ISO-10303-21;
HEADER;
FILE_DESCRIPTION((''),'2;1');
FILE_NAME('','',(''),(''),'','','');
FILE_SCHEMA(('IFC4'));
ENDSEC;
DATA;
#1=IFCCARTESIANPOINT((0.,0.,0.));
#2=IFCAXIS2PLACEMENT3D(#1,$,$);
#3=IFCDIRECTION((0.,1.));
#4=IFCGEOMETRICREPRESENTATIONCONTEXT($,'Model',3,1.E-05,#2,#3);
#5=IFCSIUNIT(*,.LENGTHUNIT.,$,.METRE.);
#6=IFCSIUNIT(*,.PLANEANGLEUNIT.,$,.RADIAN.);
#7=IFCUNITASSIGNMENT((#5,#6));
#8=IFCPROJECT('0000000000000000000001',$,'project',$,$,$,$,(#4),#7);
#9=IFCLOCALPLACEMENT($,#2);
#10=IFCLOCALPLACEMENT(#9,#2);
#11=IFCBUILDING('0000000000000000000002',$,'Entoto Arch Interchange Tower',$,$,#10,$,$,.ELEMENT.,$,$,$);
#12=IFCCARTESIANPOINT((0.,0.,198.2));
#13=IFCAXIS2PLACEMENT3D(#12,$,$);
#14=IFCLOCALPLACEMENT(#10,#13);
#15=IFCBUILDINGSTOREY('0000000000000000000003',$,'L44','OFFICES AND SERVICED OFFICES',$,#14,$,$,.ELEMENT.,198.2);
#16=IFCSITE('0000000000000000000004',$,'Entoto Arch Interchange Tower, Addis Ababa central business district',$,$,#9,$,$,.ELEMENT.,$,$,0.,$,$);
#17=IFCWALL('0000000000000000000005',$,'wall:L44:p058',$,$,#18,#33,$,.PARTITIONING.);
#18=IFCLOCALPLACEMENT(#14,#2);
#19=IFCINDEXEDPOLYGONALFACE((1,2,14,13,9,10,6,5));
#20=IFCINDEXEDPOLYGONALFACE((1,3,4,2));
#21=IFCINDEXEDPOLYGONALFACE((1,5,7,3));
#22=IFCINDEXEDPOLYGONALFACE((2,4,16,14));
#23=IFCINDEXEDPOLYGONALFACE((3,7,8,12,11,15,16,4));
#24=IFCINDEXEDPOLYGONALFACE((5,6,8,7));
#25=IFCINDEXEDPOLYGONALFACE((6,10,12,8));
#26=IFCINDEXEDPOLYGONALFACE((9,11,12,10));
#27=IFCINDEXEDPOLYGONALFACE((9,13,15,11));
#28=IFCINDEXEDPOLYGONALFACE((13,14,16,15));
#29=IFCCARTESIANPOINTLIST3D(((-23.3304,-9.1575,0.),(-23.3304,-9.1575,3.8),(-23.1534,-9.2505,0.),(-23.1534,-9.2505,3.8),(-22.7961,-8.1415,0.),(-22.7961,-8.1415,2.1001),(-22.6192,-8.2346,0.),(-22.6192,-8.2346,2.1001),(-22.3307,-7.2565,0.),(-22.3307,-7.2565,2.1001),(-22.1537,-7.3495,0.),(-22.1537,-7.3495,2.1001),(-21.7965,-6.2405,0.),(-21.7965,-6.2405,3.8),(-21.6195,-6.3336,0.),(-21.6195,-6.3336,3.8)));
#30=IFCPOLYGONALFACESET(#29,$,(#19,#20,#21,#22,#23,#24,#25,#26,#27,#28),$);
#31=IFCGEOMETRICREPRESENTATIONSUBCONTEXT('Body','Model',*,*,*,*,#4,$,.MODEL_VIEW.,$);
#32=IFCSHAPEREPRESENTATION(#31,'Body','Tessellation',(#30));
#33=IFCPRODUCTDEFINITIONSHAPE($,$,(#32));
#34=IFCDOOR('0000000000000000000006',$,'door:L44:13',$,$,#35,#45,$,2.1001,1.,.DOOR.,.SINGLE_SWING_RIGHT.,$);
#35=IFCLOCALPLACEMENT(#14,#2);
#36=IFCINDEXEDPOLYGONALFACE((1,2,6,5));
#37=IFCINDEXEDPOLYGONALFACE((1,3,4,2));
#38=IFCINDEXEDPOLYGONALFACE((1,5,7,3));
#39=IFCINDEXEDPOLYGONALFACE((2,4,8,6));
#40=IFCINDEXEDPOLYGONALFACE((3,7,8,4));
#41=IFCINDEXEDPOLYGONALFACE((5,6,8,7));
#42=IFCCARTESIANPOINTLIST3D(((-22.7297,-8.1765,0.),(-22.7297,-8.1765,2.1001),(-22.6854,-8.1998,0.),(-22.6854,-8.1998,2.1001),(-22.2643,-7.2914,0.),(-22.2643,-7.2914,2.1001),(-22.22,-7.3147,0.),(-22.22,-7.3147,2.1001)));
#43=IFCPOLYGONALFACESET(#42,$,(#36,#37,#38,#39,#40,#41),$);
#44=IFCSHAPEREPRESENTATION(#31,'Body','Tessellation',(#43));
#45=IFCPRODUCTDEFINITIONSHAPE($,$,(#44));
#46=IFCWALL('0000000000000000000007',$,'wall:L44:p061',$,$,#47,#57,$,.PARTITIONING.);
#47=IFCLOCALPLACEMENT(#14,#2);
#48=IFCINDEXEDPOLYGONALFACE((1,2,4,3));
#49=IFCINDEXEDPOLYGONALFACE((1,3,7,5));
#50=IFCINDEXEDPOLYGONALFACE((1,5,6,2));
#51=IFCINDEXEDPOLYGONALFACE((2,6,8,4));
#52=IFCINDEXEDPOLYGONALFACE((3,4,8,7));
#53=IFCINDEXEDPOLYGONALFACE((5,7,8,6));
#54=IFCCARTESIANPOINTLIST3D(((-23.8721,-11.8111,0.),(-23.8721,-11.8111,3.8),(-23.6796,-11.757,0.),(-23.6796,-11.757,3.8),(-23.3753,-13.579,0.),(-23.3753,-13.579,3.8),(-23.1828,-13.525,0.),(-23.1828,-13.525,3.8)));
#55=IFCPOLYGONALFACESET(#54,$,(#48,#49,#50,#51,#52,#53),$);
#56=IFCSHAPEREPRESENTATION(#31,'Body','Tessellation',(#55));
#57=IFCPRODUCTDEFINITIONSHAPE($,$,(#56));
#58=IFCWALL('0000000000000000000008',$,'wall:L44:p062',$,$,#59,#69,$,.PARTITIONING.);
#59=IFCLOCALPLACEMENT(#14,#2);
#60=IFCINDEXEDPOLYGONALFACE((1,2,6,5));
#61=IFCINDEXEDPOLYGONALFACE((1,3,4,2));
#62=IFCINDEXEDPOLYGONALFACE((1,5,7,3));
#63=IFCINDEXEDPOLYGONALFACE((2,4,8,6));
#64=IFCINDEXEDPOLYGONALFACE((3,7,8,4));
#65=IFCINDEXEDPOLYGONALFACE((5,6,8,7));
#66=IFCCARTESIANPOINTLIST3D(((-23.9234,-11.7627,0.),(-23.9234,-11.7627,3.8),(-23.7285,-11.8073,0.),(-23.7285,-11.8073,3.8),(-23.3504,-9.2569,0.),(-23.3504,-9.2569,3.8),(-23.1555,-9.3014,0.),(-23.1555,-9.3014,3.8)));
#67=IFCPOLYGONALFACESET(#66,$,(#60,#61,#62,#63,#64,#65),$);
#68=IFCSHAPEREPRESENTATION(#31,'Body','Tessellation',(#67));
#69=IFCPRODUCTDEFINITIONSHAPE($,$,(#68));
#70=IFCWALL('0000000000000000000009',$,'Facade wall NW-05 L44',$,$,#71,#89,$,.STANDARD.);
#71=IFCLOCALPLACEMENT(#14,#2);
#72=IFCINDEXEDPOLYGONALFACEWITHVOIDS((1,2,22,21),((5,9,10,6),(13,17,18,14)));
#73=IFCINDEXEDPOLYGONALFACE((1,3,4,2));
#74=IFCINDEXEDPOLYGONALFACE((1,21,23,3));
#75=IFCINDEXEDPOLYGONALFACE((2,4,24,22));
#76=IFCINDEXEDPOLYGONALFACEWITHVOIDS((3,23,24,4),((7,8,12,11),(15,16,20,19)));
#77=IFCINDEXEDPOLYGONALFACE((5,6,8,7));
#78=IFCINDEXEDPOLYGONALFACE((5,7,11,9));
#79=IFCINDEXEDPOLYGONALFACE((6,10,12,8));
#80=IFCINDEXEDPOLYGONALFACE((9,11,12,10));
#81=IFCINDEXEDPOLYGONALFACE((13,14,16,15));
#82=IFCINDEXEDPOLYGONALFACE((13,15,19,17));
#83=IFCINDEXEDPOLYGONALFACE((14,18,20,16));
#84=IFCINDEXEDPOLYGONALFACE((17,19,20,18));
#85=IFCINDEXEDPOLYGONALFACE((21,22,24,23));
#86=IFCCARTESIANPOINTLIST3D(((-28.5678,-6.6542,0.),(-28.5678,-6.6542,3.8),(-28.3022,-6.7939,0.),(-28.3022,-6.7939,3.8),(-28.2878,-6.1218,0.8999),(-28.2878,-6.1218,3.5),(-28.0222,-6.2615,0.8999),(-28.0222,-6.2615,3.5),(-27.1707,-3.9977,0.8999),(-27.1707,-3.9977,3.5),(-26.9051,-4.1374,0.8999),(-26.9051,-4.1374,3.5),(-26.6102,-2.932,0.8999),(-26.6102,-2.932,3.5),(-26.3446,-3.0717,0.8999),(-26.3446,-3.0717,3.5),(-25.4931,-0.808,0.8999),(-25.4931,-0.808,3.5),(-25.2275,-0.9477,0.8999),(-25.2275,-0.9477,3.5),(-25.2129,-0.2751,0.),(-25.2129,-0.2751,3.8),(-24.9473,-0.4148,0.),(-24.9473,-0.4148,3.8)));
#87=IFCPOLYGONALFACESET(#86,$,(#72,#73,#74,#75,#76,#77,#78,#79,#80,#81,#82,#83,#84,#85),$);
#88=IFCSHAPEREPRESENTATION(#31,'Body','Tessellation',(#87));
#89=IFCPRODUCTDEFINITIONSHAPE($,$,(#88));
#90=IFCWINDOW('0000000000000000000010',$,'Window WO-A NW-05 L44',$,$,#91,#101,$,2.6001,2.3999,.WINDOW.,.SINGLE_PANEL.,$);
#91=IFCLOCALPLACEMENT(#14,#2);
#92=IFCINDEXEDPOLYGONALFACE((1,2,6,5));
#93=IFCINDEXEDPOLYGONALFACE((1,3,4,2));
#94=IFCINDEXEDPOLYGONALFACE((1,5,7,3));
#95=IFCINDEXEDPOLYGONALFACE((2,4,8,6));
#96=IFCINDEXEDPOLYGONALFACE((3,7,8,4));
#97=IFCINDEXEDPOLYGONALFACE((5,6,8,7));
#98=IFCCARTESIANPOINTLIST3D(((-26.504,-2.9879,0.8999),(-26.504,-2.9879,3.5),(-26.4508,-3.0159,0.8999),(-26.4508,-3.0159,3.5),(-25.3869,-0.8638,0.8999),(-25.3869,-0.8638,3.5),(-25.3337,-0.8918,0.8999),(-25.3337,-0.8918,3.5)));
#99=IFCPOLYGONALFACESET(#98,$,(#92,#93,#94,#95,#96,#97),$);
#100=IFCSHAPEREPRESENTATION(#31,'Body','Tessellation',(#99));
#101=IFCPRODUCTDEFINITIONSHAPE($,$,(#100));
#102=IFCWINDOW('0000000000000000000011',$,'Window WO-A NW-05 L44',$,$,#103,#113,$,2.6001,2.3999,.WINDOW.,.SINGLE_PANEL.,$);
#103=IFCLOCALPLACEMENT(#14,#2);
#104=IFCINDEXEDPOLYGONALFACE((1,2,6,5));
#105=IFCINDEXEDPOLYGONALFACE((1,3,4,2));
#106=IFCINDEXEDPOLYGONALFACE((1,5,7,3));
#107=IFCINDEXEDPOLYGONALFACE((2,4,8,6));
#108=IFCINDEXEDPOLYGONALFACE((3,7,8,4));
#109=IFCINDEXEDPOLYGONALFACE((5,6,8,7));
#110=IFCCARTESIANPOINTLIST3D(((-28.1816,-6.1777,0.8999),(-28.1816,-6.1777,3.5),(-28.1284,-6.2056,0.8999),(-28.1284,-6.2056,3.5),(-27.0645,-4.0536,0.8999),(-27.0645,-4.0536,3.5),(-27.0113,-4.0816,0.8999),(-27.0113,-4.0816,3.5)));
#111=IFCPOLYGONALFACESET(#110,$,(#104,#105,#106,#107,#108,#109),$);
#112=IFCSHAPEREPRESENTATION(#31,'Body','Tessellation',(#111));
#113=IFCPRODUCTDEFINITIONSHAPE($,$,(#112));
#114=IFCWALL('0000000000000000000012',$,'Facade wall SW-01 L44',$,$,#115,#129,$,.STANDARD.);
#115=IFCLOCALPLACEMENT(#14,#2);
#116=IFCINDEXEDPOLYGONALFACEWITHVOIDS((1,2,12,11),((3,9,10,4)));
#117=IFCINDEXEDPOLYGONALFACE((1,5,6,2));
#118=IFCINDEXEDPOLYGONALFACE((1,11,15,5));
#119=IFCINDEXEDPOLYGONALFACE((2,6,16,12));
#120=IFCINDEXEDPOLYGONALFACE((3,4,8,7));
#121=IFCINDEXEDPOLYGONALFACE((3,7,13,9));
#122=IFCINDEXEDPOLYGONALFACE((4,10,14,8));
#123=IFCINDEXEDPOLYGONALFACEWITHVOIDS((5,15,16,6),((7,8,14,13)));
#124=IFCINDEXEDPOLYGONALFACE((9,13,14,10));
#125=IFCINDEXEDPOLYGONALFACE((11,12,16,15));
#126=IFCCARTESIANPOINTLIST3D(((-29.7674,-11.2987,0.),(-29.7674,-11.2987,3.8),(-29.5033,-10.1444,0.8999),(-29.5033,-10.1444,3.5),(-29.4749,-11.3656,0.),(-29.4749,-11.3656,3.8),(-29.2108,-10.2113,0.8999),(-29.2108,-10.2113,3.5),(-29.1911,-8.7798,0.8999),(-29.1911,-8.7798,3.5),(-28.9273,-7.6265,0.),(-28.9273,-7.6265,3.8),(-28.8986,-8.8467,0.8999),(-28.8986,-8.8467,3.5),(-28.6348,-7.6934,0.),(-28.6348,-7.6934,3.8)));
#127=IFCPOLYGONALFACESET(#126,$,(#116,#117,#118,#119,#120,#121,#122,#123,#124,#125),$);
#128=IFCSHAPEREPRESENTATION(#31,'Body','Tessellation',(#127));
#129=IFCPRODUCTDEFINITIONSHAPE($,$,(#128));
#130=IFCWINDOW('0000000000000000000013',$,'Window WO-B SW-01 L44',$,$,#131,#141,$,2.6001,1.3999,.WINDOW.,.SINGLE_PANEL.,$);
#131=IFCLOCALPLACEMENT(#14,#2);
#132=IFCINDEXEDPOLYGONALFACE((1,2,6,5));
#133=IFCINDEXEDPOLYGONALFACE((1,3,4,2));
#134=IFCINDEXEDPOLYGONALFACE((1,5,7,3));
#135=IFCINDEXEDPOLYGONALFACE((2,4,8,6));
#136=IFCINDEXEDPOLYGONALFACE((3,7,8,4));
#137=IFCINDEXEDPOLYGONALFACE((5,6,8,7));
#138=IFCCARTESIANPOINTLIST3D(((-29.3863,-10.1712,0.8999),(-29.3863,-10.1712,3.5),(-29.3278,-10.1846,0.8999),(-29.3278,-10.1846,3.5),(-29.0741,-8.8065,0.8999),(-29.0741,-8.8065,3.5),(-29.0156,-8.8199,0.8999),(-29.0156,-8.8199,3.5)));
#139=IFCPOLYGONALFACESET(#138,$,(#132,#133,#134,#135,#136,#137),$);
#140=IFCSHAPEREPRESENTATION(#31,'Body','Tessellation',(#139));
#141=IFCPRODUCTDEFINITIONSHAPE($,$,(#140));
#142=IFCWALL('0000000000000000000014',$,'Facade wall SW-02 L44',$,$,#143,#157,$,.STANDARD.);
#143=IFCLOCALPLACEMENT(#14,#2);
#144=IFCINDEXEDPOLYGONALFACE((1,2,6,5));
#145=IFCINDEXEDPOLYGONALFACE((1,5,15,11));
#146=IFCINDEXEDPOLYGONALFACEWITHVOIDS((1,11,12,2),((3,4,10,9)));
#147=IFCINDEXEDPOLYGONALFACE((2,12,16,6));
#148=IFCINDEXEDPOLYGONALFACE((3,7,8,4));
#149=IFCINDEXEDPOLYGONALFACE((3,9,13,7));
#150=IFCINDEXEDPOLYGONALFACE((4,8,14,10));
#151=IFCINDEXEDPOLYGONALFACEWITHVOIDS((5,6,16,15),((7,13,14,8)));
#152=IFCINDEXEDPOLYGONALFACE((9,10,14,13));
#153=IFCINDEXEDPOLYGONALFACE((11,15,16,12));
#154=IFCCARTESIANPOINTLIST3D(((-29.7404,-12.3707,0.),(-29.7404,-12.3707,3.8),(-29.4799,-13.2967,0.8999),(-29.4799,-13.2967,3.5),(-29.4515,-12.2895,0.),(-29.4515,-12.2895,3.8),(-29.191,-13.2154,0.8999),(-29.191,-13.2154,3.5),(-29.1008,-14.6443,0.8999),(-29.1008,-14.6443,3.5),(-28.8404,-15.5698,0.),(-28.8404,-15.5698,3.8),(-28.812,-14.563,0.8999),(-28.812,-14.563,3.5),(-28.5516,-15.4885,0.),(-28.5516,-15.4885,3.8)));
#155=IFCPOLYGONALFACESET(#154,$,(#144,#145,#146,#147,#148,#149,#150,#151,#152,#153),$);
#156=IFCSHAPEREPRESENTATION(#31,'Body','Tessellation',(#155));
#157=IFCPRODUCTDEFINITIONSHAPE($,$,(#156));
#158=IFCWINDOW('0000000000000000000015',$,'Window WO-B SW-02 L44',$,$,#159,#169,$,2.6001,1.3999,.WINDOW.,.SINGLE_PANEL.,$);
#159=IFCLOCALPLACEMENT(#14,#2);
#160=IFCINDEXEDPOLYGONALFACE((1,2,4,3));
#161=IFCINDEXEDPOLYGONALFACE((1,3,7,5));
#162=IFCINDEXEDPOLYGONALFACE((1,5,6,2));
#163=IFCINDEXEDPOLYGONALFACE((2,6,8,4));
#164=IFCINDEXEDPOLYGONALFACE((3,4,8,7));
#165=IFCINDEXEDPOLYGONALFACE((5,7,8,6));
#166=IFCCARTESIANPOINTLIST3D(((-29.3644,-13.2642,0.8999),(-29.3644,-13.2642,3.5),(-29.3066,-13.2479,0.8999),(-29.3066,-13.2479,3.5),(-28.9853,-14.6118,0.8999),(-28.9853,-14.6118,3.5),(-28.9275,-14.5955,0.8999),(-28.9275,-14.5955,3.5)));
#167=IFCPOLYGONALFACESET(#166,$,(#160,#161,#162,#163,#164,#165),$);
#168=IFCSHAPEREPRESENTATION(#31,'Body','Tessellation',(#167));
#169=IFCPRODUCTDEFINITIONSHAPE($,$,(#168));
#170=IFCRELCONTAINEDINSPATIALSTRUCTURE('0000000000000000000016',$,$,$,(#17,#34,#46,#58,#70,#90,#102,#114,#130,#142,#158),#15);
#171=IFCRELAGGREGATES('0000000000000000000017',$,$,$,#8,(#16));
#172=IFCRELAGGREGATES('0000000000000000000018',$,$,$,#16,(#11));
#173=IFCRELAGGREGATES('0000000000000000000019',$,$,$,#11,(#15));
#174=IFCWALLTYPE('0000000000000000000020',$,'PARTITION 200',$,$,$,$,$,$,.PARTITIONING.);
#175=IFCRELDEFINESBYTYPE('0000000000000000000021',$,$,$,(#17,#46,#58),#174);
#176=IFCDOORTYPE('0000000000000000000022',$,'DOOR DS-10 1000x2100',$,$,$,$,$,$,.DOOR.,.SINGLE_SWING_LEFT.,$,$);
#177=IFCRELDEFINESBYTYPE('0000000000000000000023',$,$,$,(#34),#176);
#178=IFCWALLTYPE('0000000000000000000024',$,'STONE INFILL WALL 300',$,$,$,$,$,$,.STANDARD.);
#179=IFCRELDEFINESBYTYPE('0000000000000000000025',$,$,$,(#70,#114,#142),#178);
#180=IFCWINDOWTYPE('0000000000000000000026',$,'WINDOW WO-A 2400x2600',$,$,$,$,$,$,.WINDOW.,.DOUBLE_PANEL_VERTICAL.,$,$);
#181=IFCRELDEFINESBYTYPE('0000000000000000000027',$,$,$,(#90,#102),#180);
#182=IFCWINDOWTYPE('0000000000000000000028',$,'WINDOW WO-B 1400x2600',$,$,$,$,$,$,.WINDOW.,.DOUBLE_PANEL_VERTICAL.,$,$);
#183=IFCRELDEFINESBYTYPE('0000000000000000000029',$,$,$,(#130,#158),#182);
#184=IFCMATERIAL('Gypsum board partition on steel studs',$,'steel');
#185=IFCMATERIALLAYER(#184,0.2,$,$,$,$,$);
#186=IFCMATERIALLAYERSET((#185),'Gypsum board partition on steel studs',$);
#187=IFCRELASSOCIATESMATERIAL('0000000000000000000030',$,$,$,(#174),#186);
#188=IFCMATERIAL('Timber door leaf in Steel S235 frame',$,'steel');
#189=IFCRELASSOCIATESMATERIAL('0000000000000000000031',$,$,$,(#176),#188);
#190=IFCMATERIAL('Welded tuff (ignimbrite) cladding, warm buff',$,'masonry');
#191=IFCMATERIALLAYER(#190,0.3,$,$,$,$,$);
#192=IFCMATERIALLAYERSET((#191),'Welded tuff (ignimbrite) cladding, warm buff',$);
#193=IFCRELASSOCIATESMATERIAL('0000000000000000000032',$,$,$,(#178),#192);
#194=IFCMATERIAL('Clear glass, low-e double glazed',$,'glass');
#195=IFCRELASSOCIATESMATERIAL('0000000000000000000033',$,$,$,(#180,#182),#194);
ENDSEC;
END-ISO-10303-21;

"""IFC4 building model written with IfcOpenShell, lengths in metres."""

from ifc_helpers import new_model, si_unit, direction, frame, frame_2d, origin, place, context, subcontext, project, spatial, rectangle, extrude, material, layer, layer_set, type_object, element, fill, save


model = new_model("IFC4")

# Units and contexts
model_context = context("Model", 3, precision=1e-05, world=origin(), true_north=direction((0.0, 1.0)))
body_context = subcontext(model_context, "Body", "Model", "MODEL_VIEW")
ifc_project = project(units=[si_unit("LENGTHUNIT", "METRE"), si_unit("PLANEANGLEUNIT", "RADIAN")], contexts=[model_context])

# Site, building, storey
site_placement = place(None, origin())
site = spatial("IfcSite", under=ifc_project, at=site_placement, Name="Entoto Arch Interchange Tower, Addis Ababa central business district", CompositionType="ELEMENT", RefElevation=0.0)
building_placement = place(site_placement, origin())
building = spatial("IfcBuilding", under=site, at=building_placement, Name="Entoto Arch Interchange Tower", CompositionType="ELEMENT")
storey_placement = place(building_placement, frame((0.0, 0.0, 198.2)))
storey = spatial("IfcBuildingStorey", under=building, at=storey_placement, Name="L44", Description="OFFICES AND SERVICED OFFICES", CompositionType="ELEMENT", Elevation=198.2)

# Shared definitions
ifc_material_1 = material(Name="Gypsum board partition on steel studs", Category="steel")
ifc_layer_1 = layer(ifc_material_1, 0.2)
ifc_layer_set_1 = layer_set([ifc_layer_1], Name="Gypsum board partition on steel studs")
wall_type_1 = type_object("IfcWallType", Name="PARTITION 200", PredefinedType="PARTITIONING", material=ifc_layer_set_1)

# Wall, opening, door
ifc_material_2 = material(Name="Timber door leaf in Steel S235 frame", Category="steel")
door_type = type_object("IfcDoorType", Name="DOOR DS-10 1000x2100", OperationType="SINGLE_SWING_LEFT", PredefinedType="DOOR", material=ifc_material_2)
wall_1_placement = place(storey_placement, frame((-23.2419, -9.2041, 0.0), z_axis=(0.0, 0.0, 1.0), x_axis=(0.465432, 0.885084, 0.0)))
wall_1 = element("IfcWall", 1, at=wall_1_placement, inside=storey, type_object=wall_type_1, Name="wall:L44:p058", PredefinedType="PARTITIONING", context=body_context, shape_type="SweptSolid", body=[
    extrude(rectangle(XDim=3.2957, YDim=0.2, at=frame_2d((1.6479, 0.0))), origin(), (0.0, 0.0, 1.0), 3.8),
])
opening_1_placement = place(wall_1_placement, frame((1.1479, 0.0, 0.0)))
opening_1 = element("IfcOpeningElement", 2, at=opening_1_placement, cuts=wall_1, PredefinedType="OPENING", context=body_context, shape_type="SweptSolid", body=[
    extrude(rectangle(XDim=1.0, YDim=2.1001, at=frame_2d((0.5, 1.05))), frame((0.0, 0.1099, 0.0), z_axis=(0.0, -1.0, 0.0), x_axis=(1.0, 0.0, 0.0)), (0.0, 0.0, 1.0), 0.22),
])
door_1_placement = place(opening_1_placement, origin())
door_1 = element("IfcDoor", 3, at=door_1_placement, inside=storey, type_object=door_type, Name="door:L44:13", OperationType="SINGLE_SWING_RIGHT", OverallHeight=2.1001, OverallWidth=1.0, PredefinedType="DOOR", context=body_context, shape_type="SweptSolid", body=[
    extrude(rectangle(XDim=1.0, YDim=2.1001, at=frame_2d((0.5, 1.05))), frame((0.0, 0.0249, 0.0), z_axis=(0.0, -1.0, 0.0), x_axis=(1.0, 0.0, 0.0)), (0.0, 0.0, 1.0), 0.05),
])
fill(opening_1, door_1)

# Walls
wall_2_placement = place(storey_placement, frame((-23.2791, -13.552, 0.0), z_axis=(0.0, 0.0, 1.0), x_axis=(-0.270522, 0.962714, 0.0)))
element("IfcWall", 4, at=wall_2_placement, inside=storey, type_object=wall_type_1, Name="wall:L44:p061", PredefinedType="PARTITIONING", context=body_context, shape_type="SweptSolid", body=[
    extrude(rectangle(XDim=1.8364, YDim=0.2, at=frame_2d((0.9182, 0.0))), origin(), (0.0, 0.0, 1.0), 3.8),
])
wall_3_placement = place(storey_placement, frame((-23.8259, -11.7849, 0.0), z_axis=(0.0, 0.0, 1.0), x_axis=(0.22291, 0.974839, 0.0)))
element("IfcWall", 5, at=wall_3_placement, inside=storey, type_object=wall_type_1, Name="wall:L44:p062", PredefinedType="PARTITIONING", context=body_context, shape_type="SweptSolid", body=[
    extrude(rectangle(XDim=2.5706, YDim=0.2, at=frame_2d((1.2852, 0.0))), origin(), (0.0, 0.0, 1.0), 3.8),
])

# Wall, openings, windows
ifc_material_3 = material(Name="Welded tuff (ignimbrite) cladding, warm buff", Category="masonry")
ifc_layer_2 = layer(ifc_material_3, 0.3)
ifc_layer_set_2 = layer_set([ifc_layer_2], Name="Welded tuff (ignimbrite) cladding, warm buff")
wall_type_2 = type_object("IfcWallType", Name="STONE INFILL WALL 300", PredefinedType="STANDARD", material=ifc_layer_set_2)
wall_4_placement = place(storey_placement, frame((-25.0801, -0.345, 0.0), z_axis=(0.0, 0.0, 1.0), x_axis=(-0.465478, -0.885059, 0.0)))
wall_4 = element("IfcWall", 6, at=wall_4_placement, inside=storey, type_object=wall_type_2, Name="Facade wall NW-05 L44", PredefinedType="STANDARD", context=body_context, shape_type="SweptSolid", body=[
    extrude(rectangle(XDim=7.2075, YDim=0.3, at=frame_2d((3.6038, 0.0))), origin(), (0.0, 0.0, 1.0), 3.8),
])
opening_2_placement = place(wall_4_placement, frame((0.6021, 0.0, 0.8999)))
opening_2 = element("IfcOpeningElement", 7, at=opening_2_placement, cuts=wall_4, PredefinedType="OPENING", context=body_context, shape_type="SweptSolid", body=[
    extrude(rectangle(XDim=2.3999, YDim=2.6001, at=frame_2d((1.2, 1.3))), frame((0.0, 0.1602, 0.0), z_axis=(0.0, -1.0, 0.0), x_axis=(1.0, 0.0, 0.0)), (0.0, 0.0, 1.0), 0.3201),
])
opening_3_placement = place(wall_4_placement, frame((4.2061, 0.0, 0.8999)))
opening_3 = element("IfcOpeningElement", 8, at=opening_3_placement, cuts=wall_4, PredefinedType="OPENING", context=body_context, shape_type="SweptSolid", body=[
    extrude(rectangle(XDim=2.3999, YDim=2.6001, at=frame_2d((1.2, 1.3))), frame((0.0, 0.1602, 0.0), z_axis=(0.0, -1.0, 0.0), x_axis=(1.0, 0.0, 0.0)), (0.0, 0.0, 1.0), 0.3201),
])
ifc_material_4 = material(Name="Clear glass, low-e double glazed", Category="glass")
window_type_1 = type_object("IfcWindowType", Name="WINDOW WO-A 2400x2600", PartitioningType="DOUBLE_PANEL_VERTICAL", PredefinedType="WINDOW", material=ifc_material_4)
window_1_placement = place(opening_2_placement, origin())
window_1 = element("IfcWindow", 9, at=window_1_placement, inside=storey, type_object=window_type_1, Name="Window WO-A NW-05 L44", OverallHeight=2.6001, OverallWidth=2.3999, PartitioningType="SINGLE_PANEL", PredefinedType="WINDOW", context=body_context, shape_type="SweptSolid", body=[
    extrude(rectangle(XDim=2.3999, YDim=2.6001, at=frame_2d((1.2, 1.3))), frame((0.0, 0.03, 0.0), z_axis=(0.0, -1.0, 0.0), x_axis=(1.0, 0.0, 0.0)), (0.0, 0.0, 1.0), 0.0601),
])
fill(opening_2, window_1)
window_2_placement = place(opening_3_placement, origin())
window_2 = element("IfcWindow", 10, at=window_2_placement, inside=storey, type_object=window_type_1, Name="Window WO-A NW-05 L44", OverallHeight=2.6001, OverallWidth=2.3999, PartitioningType="SINGLE_PANEL", PredefinedType="WINDOW", context=body_context, shape_type="SweptSolid", body=[
    extrude(rectangle(XDim=2.3999, YDim=2.6001, at=frame_2d((1.2, 1.3))), frame((0.0, 0.03, 0.0), z_axis=(0.0, -1.0, 0.0), x_axis=(1.0, 0.0, 0.0)), (0.0, 0.0, 1.0), 0.0601),
])
fill(opening_3, window_2)

# Walls, openings, windows
wall_5_placement = place(storey_placement, frame((-28.781, -7.6599, 0.0), z_axis=(0.0, 0.0, 1.0), x_axis=(-0.223013, -0.974815, 0.0)))
wall_5 = element("IfcWall", 11, at=wall_5_placement, inside=storey, type_object=wall_type_2, Name="Facade wall SW-01 L44", PredefinedType="STANDARD", context=body_context, shape_type="SweptSolid", body=[
    extrude(rectangle(XDim=3.7671, YDim=0.3, at=frame_2d((1.8835, 0.0))), origin(), (0.0, 0.0, 1.0), 3.8),
])
opening_4_placement = place(wall_5_placement, frame((1.1831, 0.0, 0.8999)))
opening_4 = element("IfcOpeningElement", 12, at=opening_4_placement, cuts=wall_5, PredefinedType="OPENING", context=body_context, shape_type="SweptSolid", body=[
    extrude(rectangle(XDim=1.3999, YDim=2.6001, at=frame_2d((0.7, 1.3))), frame((0.0, 0.1602, 0.0), z_axis=(0.0, -1.0, 0.0), x_axis=(1.0, 0.0, 0.0)), (0.0, 0.0, 1.0), 0.3201),
])
window_type_2 = type_object("IfcWindowType", Name="WINDOW WO-B 1400x2600", PartitioningType="DOUBLE_PANEL_VERTICAL", PredefinedType="WINDOW", material=ifc_material_4)
window_3_placement = place(opening_4_placement, origin())
window_3 = element("IfcWindow", 13, at=window_3_placement, inside=storey, type_object=window_type_2, Name="Window WO-B SW-01 L44", OverallHeight=2.6001, OverallWidth=1.3999, PartitioningType="SINGLE_PANEL", PredefinedType="WINDOW", context=body_context, shape_type="SweptSolid", body=[
    extrude(rectangle(XDim=1.3999, YDim=2.6001, at=frame_2d((0.7, 1.3))), frame((0.0, 0.03, 0.0), z_axis=(0.0, -1.0, 0.0), x_axis=(1.0, 0.0, 0.0)), (0.0, 0.0, 1.0), 0.0601),
])
fill(opening_4, window_3)
wall_6_placement = place(storey_placement, frame((-29.5959, -12.3301, 0.0), z_axis=(0.0, 0.0, 1.0), x_axis=(0.270799, -0.962636, 0.0)))
wall_6 = element("IfcWall", 14, at=wall_6_placement, inside=storey, type_object=wall_type_2, Name="Facade wall SW-02 L44", PredefinedType="STANDARD", context=body_context, shape_type="SweptSolid", body=[
    extrude(rectangle(XDim=3.3232, YDim=0.3, at=frame_2d((1.6616, 0.0))), origin(), (0.0, 0.0, 1.0), 3.8),
])
opening_5_placement = place(wall_6_placement, frame((0.9619, 0.0, 0.8999)))
opening_5 = element("IfcOpeningElement", 15, at=opening_5_placement, cuts=wall_6, PredefinedType="OPENING", context=body_context, shape_type="SweptSolid", body=[
    extrude(rectangle(XDim=1.3999, YDim=2.6001, at=frame_2d((0.7, 1.3))), frame((0.0, 0.1602, 0.0), z_axis=(0.0, -1.0, 0.0), x_axis=(1.0, 0.0, 0.0)), (0.0, 0.0, 1.0), 0.3201),
])
window_4_placement = place(opening_5_placement, origin())
window_4 = element("IfcWindow", 16, at=window_4_placement, inside=storey, type_object=window_type_2, Name="Window WO-B SW-02 L44", OverallHeight=2.6001, OverallWidth=1.3999, PartitioningType="SINGLE_PANEL", PredefinedType="WINDOW", context=body_context, shape_type="SweptSolid", body=[
    extrude(rectangle(XDim=1.3999, YDim=2.6001, at=frame_2d((0.7, 1.3))), frame((0.0, 0.03, 0.0), z_axis=(0.0, -1.0, 0.0), x_axis=(1.0, 0.0, 0.0)), (0.0, 0.0, 1.0), 0.0601),
])
fill(opening_5, window_4)

save(model, "model.ifc")
